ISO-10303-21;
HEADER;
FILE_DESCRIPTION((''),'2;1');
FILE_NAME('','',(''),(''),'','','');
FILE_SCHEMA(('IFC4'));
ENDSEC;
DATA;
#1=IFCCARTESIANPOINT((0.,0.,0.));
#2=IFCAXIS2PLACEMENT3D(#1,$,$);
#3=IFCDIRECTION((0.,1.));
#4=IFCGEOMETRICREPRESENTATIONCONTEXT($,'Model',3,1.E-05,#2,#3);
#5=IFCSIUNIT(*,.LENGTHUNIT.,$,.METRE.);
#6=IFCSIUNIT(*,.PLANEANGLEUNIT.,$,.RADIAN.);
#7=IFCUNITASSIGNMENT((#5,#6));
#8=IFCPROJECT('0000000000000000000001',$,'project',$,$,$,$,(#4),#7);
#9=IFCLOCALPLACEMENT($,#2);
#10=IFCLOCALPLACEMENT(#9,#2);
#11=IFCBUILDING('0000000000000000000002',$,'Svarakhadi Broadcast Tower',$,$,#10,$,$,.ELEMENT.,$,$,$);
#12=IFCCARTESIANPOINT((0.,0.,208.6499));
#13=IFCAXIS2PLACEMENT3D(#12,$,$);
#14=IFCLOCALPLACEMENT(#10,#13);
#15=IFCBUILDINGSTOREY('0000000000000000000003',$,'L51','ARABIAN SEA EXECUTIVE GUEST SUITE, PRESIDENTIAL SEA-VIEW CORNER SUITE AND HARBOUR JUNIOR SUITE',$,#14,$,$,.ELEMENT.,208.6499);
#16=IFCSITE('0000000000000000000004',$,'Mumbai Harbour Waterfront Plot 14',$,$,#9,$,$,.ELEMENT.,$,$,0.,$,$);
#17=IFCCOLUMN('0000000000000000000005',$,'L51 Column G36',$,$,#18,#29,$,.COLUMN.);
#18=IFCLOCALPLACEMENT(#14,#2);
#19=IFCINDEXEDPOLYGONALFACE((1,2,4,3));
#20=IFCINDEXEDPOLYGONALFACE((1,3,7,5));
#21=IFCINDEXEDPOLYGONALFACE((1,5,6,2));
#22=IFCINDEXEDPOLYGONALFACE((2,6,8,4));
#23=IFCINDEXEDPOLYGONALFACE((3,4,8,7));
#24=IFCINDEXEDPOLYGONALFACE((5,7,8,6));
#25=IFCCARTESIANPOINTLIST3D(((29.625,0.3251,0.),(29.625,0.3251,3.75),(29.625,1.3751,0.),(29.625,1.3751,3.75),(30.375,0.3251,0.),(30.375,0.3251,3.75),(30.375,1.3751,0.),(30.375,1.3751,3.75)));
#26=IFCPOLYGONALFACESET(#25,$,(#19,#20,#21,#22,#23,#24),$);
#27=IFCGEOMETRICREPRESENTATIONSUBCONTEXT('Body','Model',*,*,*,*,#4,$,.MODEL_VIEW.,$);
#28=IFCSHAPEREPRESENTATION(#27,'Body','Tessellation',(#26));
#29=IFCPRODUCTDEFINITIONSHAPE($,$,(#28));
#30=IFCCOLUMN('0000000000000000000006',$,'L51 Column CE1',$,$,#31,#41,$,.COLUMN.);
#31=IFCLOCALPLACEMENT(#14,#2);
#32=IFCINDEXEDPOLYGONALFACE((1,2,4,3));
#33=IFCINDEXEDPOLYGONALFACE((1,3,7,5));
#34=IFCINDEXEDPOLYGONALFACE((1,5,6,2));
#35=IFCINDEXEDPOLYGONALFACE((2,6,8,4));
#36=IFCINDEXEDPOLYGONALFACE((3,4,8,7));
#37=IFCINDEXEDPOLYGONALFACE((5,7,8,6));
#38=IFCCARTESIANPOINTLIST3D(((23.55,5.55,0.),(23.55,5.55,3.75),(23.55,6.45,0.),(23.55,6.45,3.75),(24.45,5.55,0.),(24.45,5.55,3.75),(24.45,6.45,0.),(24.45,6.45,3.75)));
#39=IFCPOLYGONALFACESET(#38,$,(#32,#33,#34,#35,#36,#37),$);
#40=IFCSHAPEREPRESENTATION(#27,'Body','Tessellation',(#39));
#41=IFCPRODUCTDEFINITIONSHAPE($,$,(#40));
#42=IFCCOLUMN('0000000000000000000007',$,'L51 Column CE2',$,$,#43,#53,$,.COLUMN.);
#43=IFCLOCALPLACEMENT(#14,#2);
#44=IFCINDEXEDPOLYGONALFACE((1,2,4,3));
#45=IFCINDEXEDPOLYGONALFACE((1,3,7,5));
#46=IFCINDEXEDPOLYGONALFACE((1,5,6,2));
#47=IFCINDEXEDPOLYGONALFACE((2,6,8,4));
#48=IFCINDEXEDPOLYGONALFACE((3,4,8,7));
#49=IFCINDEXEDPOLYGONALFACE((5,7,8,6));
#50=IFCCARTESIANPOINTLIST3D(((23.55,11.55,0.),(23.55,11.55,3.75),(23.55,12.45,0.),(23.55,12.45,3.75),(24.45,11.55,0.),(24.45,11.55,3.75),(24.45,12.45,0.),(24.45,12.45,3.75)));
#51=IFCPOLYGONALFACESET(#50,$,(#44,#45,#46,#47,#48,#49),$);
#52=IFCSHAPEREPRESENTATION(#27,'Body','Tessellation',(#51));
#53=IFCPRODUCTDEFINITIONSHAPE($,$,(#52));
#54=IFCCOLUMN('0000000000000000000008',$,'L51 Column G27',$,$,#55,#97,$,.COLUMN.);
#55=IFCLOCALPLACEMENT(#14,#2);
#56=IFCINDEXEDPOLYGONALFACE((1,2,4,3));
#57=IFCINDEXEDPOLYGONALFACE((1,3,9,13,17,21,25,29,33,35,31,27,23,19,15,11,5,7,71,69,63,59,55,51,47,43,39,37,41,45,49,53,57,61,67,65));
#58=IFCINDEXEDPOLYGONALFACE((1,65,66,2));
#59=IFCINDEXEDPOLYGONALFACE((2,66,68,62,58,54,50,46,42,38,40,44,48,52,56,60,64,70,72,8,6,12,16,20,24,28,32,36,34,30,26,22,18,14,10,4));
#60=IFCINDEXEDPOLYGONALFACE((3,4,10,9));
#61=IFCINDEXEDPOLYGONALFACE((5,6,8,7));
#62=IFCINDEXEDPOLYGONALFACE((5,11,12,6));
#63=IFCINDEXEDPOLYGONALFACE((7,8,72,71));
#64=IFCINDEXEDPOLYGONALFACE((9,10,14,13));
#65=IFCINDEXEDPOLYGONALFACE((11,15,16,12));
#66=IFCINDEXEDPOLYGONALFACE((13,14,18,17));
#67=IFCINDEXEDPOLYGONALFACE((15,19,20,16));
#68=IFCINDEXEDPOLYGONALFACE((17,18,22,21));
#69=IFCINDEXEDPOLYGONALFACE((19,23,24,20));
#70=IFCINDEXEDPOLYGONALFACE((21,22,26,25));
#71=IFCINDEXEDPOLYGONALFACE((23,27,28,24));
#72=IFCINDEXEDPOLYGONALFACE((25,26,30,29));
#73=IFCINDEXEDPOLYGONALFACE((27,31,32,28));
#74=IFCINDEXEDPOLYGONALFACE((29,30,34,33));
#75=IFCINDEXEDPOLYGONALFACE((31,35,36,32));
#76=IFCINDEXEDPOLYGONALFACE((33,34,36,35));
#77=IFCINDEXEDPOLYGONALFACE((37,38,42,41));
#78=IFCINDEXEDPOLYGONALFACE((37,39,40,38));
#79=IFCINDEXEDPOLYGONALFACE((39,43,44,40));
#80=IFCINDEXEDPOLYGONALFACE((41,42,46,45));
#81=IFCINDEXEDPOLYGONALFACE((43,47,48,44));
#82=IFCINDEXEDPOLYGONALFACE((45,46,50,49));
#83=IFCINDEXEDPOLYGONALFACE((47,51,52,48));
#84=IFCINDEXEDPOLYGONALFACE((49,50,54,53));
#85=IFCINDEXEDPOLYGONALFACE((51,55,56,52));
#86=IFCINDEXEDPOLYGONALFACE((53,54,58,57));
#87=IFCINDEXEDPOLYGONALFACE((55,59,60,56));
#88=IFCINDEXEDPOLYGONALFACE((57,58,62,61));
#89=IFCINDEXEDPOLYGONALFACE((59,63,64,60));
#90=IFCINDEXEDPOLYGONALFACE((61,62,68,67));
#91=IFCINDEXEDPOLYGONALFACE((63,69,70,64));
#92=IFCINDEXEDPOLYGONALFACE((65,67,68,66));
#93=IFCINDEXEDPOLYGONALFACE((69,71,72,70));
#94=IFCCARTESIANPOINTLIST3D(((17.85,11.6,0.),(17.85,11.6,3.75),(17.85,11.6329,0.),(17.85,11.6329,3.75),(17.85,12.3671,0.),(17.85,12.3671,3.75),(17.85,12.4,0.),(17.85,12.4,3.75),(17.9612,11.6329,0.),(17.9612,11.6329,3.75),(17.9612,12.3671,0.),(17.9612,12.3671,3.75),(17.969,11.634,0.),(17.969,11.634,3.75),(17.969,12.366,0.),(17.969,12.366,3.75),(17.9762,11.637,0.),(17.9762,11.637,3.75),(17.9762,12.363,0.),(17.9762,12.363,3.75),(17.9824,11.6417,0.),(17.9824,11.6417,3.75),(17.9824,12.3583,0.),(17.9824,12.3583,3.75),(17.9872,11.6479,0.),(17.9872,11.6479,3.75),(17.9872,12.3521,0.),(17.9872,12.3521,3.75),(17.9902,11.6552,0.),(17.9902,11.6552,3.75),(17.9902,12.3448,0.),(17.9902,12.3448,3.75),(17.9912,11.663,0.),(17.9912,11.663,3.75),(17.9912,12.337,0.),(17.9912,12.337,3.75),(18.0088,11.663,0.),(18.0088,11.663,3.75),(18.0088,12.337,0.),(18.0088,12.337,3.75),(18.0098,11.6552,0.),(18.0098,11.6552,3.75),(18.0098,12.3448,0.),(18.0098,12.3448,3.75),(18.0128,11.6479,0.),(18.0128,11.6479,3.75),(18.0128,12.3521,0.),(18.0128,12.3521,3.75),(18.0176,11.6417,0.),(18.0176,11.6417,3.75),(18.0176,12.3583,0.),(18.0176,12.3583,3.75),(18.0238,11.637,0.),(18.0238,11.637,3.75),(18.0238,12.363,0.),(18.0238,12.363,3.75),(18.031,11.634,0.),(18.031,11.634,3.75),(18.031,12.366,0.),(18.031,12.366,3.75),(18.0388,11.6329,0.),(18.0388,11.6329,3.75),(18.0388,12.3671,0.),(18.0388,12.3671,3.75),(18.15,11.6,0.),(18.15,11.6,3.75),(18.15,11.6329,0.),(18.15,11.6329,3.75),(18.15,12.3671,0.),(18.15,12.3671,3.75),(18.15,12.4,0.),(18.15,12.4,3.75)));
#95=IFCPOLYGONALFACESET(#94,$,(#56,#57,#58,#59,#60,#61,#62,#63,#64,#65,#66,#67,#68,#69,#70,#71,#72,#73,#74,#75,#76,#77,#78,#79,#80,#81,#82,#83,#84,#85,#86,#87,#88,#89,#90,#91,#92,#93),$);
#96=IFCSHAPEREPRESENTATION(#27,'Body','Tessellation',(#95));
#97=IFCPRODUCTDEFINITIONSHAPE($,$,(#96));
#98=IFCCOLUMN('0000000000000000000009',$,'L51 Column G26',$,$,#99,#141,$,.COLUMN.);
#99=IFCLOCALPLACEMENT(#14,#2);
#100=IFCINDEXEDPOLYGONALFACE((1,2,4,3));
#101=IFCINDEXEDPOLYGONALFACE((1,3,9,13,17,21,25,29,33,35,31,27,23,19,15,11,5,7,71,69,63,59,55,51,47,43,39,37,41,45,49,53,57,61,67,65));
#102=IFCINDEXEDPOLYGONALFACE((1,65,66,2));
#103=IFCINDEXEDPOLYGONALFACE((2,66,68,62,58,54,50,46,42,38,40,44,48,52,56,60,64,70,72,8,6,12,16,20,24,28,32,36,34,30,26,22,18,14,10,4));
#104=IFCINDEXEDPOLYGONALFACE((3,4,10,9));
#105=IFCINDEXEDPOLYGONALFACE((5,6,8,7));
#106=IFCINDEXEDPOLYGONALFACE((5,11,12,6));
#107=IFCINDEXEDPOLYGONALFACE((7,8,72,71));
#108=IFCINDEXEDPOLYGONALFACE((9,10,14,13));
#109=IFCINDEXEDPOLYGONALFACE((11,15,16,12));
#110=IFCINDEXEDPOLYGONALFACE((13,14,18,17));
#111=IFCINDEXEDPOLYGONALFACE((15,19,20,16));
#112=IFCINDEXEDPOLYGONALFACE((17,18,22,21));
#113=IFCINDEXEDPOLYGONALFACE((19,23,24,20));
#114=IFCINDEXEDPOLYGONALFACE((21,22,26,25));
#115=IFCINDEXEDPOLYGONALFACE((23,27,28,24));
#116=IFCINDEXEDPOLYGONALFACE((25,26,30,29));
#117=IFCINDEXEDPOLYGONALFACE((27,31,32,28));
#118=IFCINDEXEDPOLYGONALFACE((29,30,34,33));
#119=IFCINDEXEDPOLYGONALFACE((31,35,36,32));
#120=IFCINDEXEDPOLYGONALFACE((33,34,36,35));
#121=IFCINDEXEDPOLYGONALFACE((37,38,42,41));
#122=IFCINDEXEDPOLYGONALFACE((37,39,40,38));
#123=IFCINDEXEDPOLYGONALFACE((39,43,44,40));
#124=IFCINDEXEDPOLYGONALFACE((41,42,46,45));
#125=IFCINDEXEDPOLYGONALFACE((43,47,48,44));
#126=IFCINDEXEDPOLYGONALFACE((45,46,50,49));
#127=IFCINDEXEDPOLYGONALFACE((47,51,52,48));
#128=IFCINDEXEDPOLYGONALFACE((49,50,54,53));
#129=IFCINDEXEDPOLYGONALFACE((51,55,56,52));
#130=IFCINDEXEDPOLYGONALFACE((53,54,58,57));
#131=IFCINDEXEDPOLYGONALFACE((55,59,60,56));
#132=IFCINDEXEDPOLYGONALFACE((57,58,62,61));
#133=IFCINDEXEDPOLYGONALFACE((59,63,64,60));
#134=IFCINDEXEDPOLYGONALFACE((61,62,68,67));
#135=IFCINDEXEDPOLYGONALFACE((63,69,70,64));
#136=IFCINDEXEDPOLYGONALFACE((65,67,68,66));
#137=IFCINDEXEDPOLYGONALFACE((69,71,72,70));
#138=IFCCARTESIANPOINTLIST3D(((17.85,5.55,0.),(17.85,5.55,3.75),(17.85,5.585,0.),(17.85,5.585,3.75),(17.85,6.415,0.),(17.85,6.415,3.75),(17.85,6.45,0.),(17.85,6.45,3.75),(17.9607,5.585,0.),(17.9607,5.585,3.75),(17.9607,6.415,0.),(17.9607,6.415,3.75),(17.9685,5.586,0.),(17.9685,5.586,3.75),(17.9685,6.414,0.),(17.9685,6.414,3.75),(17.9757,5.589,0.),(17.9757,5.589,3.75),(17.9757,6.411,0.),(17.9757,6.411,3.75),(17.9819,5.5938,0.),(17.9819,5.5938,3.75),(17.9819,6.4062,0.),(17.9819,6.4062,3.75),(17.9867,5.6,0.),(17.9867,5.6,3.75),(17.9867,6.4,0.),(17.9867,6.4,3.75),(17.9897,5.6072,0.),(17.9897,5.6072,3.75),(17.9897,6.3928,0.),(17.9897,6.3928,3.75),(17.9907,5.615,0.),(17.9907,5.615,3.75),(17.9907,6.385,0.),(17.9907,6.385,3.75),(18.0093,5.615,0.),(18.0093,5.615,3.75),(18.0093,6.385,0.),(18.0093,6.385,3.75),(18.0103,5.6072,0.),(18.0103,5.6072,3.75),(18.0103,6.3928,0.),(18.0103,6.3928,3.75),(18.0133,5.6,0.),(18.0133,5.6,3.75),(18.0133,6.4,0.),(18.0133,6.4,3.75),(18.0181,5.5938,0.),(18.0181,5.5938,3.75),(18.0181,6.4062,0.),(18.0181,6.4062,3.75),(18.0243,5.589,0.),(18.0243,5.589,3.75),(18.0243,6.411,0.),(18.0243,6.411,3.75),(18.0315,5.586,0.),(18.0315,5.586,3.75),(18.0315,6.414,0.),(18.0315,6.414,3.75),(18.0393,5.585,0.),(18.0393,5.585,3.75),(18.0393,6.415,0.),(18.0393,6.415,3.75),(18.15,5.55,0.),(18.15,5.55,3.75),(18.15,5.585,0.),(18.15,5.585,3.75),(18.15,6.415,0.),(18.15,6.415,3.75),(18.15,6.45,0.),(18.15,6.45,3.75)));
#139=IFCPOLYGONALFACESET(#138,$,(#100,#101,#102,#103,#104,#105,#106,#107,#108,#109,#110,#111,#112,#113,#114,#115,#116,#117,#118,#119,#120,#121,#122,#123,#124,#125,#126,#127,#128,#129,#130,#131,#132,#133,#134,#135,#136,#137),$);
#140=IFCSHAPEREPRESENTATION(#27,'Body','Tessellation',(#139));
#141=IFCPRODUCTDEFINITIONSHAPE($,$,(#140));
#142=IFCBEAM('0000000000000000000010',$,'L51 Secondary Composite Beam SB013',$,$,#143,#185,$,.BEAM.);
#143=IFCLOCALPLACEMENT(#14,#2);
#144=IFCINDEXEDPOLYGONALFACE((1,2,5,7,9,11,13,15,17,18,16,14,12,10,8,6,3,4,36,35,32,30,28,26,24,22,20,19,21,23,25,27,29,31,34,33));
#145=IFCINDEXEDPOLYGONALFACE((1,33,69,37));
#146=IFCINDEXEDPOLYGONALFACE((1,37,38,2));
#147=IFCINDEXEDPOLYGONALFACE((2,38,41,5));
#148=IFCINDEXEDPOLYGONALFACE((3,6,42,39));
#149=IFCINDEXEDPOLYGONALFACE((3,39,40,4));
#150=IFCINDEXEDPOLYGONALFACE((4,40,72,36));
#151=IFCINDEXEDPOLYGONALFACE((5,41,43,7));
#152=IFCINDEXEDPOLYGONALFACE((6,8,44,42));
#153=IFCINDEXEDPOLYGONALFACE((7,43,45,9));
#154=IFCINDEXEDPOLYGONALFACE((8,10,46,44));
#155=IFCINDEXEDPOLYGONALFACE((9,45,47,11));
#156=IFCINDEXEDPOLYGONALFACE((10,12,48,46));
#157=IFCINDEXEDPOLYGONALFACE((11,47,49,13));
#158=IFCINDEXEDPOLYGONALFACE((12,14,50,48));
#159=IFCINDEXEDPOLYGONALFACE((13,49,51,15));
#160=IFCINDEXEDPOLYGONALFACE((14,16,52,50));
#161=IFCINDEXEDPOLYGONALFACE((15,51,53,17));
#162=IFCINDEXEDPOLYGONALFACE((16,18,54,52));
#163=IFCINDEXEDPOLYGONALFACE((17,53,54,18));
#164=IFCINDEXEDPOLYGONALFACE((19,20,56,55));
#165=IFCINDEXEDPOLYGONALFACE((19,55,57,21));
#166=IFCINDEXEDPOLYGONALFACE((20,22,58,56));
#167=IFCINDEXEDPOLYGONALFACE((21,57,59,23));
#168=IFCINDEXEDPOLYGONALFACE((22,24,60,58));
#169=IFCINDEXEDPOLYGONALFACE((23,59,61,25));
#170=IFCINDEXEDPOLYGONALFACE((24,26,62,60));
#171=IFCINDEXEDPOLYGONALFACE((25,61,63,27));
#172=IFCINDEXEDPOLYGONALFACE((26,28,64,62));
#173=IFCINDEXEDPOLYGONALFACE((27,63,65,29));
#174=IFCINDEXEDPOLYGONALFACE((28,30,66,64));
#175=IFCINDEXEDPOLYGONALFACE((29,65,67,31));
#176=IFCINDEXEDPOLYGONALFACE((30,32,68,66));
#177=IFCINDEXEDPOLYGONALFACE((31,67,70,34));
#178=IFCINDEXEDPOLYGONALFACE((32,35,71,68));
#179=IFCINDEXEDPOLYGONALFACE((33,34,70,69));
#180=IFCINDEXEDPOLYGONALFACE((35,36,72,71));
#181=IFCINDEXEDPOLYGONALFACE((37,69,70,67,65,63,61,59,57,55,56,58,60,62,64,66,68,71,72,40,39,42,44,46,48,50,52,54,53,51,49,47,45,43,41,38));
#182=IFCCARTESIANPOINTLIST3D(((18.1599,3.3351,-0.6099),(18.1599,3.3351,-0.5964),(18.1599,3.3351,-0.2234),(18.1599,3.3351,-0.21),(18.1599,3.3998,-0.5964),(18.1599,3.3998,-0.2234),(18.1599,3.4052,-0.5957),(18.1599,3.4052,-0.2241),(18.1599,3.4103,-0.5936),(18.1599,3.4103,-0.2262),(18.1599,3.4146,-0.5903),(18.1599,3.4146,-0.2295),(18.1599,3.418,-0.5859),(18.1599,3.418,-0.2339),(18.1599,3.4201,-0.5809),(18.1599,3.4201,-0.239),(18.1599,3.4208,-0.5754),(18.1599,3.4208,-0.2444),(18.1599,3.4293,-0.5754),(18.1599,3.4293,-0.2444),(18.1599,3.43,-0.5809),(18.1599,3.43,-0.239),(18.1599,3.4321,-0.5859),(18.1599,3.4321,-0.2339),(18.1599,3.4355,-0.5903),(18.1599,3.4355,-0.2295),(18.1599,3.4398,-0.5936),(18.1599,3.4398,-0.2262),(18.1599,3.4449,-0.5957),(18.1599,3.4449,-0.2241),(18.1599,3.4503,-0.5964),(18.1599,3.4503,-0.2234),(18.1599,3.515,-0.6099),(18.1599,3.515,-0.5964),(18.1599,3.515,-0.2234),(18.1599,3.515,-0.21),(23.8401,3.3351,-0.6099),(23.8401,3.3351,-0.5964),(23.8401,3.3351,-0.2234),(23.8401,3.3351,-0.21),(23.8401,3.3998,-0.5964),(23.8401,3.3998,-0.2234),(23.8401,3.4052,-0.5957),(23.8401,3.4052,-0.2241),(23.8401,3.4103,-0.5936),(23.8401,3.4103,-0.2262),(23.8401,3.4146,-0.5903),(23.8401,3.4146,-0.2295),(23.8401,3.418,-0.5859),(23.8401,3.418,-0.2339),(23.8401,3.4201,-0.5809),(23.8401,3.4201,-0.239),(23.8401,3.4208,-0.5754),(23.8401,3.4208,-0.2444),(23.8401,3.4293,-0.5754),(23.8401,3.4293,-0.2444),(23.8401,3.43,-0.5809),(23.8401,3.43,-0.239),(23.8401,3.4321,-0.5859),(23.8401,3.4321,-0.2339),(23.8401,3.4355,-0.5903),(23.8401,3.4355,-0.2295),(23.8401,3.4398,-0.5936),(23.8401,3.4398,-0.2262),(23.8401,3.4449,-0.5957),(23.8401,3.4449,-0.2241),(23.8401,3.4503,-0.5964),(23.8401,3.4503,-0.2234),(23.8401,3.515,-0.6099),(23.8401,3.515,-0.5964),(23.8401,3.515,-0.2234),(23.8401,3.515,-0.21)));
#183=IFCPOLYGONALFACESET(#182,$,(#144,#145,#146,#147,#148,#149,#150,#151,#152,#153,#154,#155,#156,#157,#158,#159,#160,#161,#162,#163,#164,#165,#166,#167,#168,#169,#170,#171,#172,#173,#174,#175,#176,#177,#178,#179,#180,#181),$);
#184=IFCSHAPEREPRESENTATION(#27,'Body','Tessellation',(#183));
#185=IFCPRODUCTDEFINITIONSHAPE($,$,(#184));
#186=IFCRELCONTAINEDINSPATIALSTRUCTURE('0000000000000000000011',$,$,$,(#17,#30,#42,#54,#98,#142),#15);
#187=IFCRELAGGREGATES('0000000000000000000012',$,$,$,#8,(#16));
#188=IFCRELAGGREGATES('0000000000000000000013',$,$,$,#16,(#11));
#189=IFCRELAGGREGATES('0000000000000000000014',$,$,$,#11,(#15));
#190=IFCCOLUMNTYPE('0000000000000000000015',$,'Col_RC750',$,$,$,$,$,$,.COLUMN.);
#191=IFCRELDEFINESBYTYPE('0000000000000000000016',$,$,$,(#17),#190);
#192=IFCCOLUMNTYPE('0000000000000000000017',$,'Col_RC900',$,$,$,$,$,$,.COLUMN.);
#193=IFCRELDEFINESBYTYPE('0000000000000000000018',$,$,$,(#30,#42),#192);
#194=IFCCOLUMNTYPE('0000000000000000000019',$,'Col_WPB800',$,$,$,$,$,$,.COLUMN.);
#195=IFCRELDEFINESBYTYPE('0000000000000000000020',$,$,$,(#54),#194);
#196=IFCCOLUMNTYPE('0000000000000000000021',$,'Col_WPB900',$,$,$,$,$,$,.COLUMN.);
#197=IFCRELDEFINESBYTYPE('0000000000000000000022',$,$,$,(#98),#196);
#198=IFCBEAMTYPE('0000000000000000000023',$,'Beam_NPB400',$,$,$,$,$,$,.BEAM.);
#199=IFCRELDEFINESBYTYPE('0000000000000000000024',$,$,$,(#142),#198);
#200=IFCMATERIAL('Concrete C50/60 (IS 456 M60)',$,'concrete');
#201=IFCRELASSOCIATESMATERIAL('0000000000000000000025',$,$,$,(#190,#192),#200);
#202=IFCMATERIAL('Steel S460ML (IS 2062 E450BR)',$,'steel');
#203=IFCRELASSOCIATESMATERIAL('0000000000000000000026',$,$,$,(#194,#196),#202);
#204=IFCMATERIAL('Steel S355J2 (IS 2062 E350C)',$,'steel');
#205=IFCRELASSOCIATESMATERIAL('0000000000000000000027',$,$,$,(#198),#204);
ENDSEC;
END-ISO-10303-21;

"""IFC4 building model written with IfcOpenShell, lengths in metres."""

from ifc_helpers import new_model, si_unit, direction, frame, origin, origin_2d, place, context, subcontext, project, spatial, rectangle, i_section, extrude, material, material_profile, profile_set, type_object, element, save


model = new_model("IFC4")

# Units and contexts
model_context = context("Model", 3, precision=1e-05, world=origin(), true_north=direction((0.0, 1.0)))
body_context = subcontext(model_context, "Body", "Model", "MODEL_VIEW")
ifc_project = project(units=[si_unit("LENGTHUNIT", "METRE"), si_unit("PLANEANGLEUNIT", "RADIAN")], contexts=[model_context])

# Site, building, storey
site_placement = place(None, origin())
site = spatial("IfcSite", under=ifc_project, at=site_placement, Name="Mumbai Harbour Waterfront Plot 14", CompositionType="ELEMENT", RefElevation=0.0)
building_placement = place(site_placement, origin())
building = spatial("IfcBuilding", under=site, at=building_placement, Name="Svarakhadi Broadcast Tower", CompositionType="ELEMENT")
storey_placement = place(building_placement, frame((0.0, 0.0, 208.6499)))
storey = spatial("IfcBuildingStorey", under=building, at=storey_placement, Name="L51", Description="ARABIAN SEA EXECUTIVE GUEST SUITE, PRESIDENTIAL SEA-VIEW CORNER SUITE AND HARBOUR JUNIOR SUITE", CompositionType="ELEMENT", Elevation=208.6499)

# Columns
ifc_material_1 = material(Name="Concrete C50/60 (IS 456 M60)", Category="concrete")
ifc_material_profile_1 = material_profile(ifc_material_1, rectangle(XDim=0.75, YDim=1.05, at=origin_2d()), Name="RC 750x1050")
ifc_profile_set_1 = profile_set([ifc_material_profile_1], Name="Concrete C50/60 (IS 456 M60)")
column_type_1 = type_object("IfcColumnType", Name="Col_RC750", PredefinedType="COLUMN", material=ifc_profile_set_1)
column_1_placement = place(storey_placement, frame((30.0, 0.8501, 0.0), z_axis=(0.0, 0.0, 1.0), x_axis=(1.0, 0.0, 0.0)))
element("IfcColumn", 1, at=column_1_placement, inside=storey, type_object=column_type_1, Name="L51 Column G36", PredefinedType="COLUMN", context=body_context, shape_type="SweptSolid", body=[
    extrude(rectangle(XDim=0.75, YDim=1.05, at=origin_2d()), origin(), (0.0, 0.0, 1.0), 3.75),
])
ifc_material_profile_2 = material_profile(ifc_material_1, rectangle(XDim=0.8999, YDim=0.8999, at=origin_2d()), Name="RC 900x900")
ifc_profile_set_2 = profile_set([ifc_material_profile_2], Name="Concrete C50/60 (IS 456 M60)")
column_type_2 = type_object("IfcColumnType", Name="Col_RC900", PredefinedType="COLUMN", material=ifc_profile_set_2)
for number, where, z_axis, x_axis, name in (
    (2, (24.0, 6.0, 0.0), (0.0, 0.0, 1.0), (1.0, 0.0, 0.0), "L51 Column CE1"),
    (3, (24.0, 12.0, 0.0), (0.0, 0.0, 1.0), (1.0, 0.0, 0.0), "L51 Column CE2"),
):
    element("IfcColumn", number, at=place(storey_placement, frame(where, z_axis=z_axis, x_axis=x_axis)), inside=storey, type_object=column_type_2, Name=name, PredefinedType="COLUMN", context=body_context, shape_type="SweptSolid", body=[
        extrude(rectangle(XDim=0.8999, YDim=0.8999, at=origin_2d()), origin(), (0.0, 0.0, 1.0), 3.75),
    ])
ifc_material_2 = material(Name="Steel S460ML (IS 2062 E450BR)", Category="steel")
ifc_material_profile_3 = material_profile(ifc_material_2, i_section(OverallWidth=0.3, OverallDepth=0.8, WebThickness=0.0176, FlangeThickness=0.033, FilletRadius=0.03, at=origin_2d()), Name="WPB 800x300x262")
ifc_profile_set_3 = profile_set([ifc_material_profile_3], Name="Steel S460ML (IS 2062 E450BR)")
column_type_3 = type_object("IfcColumnType", Name="Col_WPB800", PredefinedType="COLUMN", material=ifc_profile_set_3)
column_2_placement = place(storey_placement, frame((18.0, 12.0, 0.0), z_axis=(0.0, 0.0, 1.0), x_axis=(1.0, 0.0, 0.0)))
element("IfcColumn", 4, at=column_2_placement, inside=storey, type_object=column_type_3, Name="L51 Column G27", PredefinedType="COLUMN", context=body_context, shape_type="SweptSolid", body=[
    extrude(i_section(OverallWidth=0.3, OverallDepth=0.8, WebThickness=0.0176, FlangeThickness=0.033, FilletRadius=0.03, at=origin_2d()), origin(), (0.0, 0.0, 1.0), 3.75),
])
ifc_material_profile_4 = material_profile(ifc_material_2, i_section(OverallWidth=0.3, OverallDepth=0.8999, WebThickness=0.0186, FlangeThickness=0.0349, FilletRadius=0.03, at=origin_2d()), Name="WPB 900x300x291")
ifc_profile_set_4 = profile_set([ifc_material_profile_4], Name="Steel S460ML (IS 2062 E450BR)")
column_type_4 = type_object("IfcColumnType", Name="Col_WPB900", PredefinedType="COLUMN", material=ifc_profile_set_4)
column_3_placement = place(storey_placement, frame((18.0, 6.0, 0.0), z_axis=(0.0, 0.0, 1.0), x_axis=(1.0, 0.0, 0.0)))
element("IfcColumn", 5, at=column_3_placement, inside=storey, type_object=column_type_4, Name="L51 Column G26", PredefinedType="COLUMN", context=body_context, shape_type="SweptSolid", body=[
    extrude(i_section(OverallWidth=0.3, OverallDepth=0.8999, WebThickness=0.0186, FlangeThickness=0.0349, FilletRadius=0.03, at=origin_2d()), origin(), (0.0, 0.0, 1.0), 3.75),
])

# Beam
ifc_material_3 = material(Name="Steel S355J2 (IS 2062 E350C)", Category="steel")
ifc_material_profile_5 = material_profile(ifc_material_3, i_section(OverallWidth=0.1799, OverallDepth=0.3999, WebThickness=0.0085, FlangeThickness=0.0134, FilletRadius=0.021, at=origin_2d()), Name="NPB 400x180x66")
ifc_profile_set_5 = profile_set([ifc_material_profile_5], Name="Steel S355J2 (IS 2062 E350C)")
beam_type_1 = type_object("IfcBeamType", Name="Beam_NPB400", PredefinedType="BEAM", material=ifc_profile_set_5)
for number, where, z_axis, x_axis, name in (
    (6, (18.1599, 3.425, -0.4099), (1.0, 0.0, 0.0), (0.0, 1.0, 0.0), "L51 Secondary Composite Beam SB013"),
):
    element("IfcBeam", number, at=place(storey_placement, frame(where, z_axis=z_axis, x_axis=x_axis)), inside=storey, type_object=beam_type_1, Name=name, PredefinedType="BEAM", context=body_context, shape_type="SweptSolid", body=[
        extrude(i_section(OverallWidth=0.1799, OverallDepth=0.3999, WebThickness=0.0085, FlangeThickness=0.0134, FilletRadius=0.021, at=origin_2d()), origin(), (0.0, 0.0, 1.0), 5.6802),
    ])

save(model, "model.ifc")
